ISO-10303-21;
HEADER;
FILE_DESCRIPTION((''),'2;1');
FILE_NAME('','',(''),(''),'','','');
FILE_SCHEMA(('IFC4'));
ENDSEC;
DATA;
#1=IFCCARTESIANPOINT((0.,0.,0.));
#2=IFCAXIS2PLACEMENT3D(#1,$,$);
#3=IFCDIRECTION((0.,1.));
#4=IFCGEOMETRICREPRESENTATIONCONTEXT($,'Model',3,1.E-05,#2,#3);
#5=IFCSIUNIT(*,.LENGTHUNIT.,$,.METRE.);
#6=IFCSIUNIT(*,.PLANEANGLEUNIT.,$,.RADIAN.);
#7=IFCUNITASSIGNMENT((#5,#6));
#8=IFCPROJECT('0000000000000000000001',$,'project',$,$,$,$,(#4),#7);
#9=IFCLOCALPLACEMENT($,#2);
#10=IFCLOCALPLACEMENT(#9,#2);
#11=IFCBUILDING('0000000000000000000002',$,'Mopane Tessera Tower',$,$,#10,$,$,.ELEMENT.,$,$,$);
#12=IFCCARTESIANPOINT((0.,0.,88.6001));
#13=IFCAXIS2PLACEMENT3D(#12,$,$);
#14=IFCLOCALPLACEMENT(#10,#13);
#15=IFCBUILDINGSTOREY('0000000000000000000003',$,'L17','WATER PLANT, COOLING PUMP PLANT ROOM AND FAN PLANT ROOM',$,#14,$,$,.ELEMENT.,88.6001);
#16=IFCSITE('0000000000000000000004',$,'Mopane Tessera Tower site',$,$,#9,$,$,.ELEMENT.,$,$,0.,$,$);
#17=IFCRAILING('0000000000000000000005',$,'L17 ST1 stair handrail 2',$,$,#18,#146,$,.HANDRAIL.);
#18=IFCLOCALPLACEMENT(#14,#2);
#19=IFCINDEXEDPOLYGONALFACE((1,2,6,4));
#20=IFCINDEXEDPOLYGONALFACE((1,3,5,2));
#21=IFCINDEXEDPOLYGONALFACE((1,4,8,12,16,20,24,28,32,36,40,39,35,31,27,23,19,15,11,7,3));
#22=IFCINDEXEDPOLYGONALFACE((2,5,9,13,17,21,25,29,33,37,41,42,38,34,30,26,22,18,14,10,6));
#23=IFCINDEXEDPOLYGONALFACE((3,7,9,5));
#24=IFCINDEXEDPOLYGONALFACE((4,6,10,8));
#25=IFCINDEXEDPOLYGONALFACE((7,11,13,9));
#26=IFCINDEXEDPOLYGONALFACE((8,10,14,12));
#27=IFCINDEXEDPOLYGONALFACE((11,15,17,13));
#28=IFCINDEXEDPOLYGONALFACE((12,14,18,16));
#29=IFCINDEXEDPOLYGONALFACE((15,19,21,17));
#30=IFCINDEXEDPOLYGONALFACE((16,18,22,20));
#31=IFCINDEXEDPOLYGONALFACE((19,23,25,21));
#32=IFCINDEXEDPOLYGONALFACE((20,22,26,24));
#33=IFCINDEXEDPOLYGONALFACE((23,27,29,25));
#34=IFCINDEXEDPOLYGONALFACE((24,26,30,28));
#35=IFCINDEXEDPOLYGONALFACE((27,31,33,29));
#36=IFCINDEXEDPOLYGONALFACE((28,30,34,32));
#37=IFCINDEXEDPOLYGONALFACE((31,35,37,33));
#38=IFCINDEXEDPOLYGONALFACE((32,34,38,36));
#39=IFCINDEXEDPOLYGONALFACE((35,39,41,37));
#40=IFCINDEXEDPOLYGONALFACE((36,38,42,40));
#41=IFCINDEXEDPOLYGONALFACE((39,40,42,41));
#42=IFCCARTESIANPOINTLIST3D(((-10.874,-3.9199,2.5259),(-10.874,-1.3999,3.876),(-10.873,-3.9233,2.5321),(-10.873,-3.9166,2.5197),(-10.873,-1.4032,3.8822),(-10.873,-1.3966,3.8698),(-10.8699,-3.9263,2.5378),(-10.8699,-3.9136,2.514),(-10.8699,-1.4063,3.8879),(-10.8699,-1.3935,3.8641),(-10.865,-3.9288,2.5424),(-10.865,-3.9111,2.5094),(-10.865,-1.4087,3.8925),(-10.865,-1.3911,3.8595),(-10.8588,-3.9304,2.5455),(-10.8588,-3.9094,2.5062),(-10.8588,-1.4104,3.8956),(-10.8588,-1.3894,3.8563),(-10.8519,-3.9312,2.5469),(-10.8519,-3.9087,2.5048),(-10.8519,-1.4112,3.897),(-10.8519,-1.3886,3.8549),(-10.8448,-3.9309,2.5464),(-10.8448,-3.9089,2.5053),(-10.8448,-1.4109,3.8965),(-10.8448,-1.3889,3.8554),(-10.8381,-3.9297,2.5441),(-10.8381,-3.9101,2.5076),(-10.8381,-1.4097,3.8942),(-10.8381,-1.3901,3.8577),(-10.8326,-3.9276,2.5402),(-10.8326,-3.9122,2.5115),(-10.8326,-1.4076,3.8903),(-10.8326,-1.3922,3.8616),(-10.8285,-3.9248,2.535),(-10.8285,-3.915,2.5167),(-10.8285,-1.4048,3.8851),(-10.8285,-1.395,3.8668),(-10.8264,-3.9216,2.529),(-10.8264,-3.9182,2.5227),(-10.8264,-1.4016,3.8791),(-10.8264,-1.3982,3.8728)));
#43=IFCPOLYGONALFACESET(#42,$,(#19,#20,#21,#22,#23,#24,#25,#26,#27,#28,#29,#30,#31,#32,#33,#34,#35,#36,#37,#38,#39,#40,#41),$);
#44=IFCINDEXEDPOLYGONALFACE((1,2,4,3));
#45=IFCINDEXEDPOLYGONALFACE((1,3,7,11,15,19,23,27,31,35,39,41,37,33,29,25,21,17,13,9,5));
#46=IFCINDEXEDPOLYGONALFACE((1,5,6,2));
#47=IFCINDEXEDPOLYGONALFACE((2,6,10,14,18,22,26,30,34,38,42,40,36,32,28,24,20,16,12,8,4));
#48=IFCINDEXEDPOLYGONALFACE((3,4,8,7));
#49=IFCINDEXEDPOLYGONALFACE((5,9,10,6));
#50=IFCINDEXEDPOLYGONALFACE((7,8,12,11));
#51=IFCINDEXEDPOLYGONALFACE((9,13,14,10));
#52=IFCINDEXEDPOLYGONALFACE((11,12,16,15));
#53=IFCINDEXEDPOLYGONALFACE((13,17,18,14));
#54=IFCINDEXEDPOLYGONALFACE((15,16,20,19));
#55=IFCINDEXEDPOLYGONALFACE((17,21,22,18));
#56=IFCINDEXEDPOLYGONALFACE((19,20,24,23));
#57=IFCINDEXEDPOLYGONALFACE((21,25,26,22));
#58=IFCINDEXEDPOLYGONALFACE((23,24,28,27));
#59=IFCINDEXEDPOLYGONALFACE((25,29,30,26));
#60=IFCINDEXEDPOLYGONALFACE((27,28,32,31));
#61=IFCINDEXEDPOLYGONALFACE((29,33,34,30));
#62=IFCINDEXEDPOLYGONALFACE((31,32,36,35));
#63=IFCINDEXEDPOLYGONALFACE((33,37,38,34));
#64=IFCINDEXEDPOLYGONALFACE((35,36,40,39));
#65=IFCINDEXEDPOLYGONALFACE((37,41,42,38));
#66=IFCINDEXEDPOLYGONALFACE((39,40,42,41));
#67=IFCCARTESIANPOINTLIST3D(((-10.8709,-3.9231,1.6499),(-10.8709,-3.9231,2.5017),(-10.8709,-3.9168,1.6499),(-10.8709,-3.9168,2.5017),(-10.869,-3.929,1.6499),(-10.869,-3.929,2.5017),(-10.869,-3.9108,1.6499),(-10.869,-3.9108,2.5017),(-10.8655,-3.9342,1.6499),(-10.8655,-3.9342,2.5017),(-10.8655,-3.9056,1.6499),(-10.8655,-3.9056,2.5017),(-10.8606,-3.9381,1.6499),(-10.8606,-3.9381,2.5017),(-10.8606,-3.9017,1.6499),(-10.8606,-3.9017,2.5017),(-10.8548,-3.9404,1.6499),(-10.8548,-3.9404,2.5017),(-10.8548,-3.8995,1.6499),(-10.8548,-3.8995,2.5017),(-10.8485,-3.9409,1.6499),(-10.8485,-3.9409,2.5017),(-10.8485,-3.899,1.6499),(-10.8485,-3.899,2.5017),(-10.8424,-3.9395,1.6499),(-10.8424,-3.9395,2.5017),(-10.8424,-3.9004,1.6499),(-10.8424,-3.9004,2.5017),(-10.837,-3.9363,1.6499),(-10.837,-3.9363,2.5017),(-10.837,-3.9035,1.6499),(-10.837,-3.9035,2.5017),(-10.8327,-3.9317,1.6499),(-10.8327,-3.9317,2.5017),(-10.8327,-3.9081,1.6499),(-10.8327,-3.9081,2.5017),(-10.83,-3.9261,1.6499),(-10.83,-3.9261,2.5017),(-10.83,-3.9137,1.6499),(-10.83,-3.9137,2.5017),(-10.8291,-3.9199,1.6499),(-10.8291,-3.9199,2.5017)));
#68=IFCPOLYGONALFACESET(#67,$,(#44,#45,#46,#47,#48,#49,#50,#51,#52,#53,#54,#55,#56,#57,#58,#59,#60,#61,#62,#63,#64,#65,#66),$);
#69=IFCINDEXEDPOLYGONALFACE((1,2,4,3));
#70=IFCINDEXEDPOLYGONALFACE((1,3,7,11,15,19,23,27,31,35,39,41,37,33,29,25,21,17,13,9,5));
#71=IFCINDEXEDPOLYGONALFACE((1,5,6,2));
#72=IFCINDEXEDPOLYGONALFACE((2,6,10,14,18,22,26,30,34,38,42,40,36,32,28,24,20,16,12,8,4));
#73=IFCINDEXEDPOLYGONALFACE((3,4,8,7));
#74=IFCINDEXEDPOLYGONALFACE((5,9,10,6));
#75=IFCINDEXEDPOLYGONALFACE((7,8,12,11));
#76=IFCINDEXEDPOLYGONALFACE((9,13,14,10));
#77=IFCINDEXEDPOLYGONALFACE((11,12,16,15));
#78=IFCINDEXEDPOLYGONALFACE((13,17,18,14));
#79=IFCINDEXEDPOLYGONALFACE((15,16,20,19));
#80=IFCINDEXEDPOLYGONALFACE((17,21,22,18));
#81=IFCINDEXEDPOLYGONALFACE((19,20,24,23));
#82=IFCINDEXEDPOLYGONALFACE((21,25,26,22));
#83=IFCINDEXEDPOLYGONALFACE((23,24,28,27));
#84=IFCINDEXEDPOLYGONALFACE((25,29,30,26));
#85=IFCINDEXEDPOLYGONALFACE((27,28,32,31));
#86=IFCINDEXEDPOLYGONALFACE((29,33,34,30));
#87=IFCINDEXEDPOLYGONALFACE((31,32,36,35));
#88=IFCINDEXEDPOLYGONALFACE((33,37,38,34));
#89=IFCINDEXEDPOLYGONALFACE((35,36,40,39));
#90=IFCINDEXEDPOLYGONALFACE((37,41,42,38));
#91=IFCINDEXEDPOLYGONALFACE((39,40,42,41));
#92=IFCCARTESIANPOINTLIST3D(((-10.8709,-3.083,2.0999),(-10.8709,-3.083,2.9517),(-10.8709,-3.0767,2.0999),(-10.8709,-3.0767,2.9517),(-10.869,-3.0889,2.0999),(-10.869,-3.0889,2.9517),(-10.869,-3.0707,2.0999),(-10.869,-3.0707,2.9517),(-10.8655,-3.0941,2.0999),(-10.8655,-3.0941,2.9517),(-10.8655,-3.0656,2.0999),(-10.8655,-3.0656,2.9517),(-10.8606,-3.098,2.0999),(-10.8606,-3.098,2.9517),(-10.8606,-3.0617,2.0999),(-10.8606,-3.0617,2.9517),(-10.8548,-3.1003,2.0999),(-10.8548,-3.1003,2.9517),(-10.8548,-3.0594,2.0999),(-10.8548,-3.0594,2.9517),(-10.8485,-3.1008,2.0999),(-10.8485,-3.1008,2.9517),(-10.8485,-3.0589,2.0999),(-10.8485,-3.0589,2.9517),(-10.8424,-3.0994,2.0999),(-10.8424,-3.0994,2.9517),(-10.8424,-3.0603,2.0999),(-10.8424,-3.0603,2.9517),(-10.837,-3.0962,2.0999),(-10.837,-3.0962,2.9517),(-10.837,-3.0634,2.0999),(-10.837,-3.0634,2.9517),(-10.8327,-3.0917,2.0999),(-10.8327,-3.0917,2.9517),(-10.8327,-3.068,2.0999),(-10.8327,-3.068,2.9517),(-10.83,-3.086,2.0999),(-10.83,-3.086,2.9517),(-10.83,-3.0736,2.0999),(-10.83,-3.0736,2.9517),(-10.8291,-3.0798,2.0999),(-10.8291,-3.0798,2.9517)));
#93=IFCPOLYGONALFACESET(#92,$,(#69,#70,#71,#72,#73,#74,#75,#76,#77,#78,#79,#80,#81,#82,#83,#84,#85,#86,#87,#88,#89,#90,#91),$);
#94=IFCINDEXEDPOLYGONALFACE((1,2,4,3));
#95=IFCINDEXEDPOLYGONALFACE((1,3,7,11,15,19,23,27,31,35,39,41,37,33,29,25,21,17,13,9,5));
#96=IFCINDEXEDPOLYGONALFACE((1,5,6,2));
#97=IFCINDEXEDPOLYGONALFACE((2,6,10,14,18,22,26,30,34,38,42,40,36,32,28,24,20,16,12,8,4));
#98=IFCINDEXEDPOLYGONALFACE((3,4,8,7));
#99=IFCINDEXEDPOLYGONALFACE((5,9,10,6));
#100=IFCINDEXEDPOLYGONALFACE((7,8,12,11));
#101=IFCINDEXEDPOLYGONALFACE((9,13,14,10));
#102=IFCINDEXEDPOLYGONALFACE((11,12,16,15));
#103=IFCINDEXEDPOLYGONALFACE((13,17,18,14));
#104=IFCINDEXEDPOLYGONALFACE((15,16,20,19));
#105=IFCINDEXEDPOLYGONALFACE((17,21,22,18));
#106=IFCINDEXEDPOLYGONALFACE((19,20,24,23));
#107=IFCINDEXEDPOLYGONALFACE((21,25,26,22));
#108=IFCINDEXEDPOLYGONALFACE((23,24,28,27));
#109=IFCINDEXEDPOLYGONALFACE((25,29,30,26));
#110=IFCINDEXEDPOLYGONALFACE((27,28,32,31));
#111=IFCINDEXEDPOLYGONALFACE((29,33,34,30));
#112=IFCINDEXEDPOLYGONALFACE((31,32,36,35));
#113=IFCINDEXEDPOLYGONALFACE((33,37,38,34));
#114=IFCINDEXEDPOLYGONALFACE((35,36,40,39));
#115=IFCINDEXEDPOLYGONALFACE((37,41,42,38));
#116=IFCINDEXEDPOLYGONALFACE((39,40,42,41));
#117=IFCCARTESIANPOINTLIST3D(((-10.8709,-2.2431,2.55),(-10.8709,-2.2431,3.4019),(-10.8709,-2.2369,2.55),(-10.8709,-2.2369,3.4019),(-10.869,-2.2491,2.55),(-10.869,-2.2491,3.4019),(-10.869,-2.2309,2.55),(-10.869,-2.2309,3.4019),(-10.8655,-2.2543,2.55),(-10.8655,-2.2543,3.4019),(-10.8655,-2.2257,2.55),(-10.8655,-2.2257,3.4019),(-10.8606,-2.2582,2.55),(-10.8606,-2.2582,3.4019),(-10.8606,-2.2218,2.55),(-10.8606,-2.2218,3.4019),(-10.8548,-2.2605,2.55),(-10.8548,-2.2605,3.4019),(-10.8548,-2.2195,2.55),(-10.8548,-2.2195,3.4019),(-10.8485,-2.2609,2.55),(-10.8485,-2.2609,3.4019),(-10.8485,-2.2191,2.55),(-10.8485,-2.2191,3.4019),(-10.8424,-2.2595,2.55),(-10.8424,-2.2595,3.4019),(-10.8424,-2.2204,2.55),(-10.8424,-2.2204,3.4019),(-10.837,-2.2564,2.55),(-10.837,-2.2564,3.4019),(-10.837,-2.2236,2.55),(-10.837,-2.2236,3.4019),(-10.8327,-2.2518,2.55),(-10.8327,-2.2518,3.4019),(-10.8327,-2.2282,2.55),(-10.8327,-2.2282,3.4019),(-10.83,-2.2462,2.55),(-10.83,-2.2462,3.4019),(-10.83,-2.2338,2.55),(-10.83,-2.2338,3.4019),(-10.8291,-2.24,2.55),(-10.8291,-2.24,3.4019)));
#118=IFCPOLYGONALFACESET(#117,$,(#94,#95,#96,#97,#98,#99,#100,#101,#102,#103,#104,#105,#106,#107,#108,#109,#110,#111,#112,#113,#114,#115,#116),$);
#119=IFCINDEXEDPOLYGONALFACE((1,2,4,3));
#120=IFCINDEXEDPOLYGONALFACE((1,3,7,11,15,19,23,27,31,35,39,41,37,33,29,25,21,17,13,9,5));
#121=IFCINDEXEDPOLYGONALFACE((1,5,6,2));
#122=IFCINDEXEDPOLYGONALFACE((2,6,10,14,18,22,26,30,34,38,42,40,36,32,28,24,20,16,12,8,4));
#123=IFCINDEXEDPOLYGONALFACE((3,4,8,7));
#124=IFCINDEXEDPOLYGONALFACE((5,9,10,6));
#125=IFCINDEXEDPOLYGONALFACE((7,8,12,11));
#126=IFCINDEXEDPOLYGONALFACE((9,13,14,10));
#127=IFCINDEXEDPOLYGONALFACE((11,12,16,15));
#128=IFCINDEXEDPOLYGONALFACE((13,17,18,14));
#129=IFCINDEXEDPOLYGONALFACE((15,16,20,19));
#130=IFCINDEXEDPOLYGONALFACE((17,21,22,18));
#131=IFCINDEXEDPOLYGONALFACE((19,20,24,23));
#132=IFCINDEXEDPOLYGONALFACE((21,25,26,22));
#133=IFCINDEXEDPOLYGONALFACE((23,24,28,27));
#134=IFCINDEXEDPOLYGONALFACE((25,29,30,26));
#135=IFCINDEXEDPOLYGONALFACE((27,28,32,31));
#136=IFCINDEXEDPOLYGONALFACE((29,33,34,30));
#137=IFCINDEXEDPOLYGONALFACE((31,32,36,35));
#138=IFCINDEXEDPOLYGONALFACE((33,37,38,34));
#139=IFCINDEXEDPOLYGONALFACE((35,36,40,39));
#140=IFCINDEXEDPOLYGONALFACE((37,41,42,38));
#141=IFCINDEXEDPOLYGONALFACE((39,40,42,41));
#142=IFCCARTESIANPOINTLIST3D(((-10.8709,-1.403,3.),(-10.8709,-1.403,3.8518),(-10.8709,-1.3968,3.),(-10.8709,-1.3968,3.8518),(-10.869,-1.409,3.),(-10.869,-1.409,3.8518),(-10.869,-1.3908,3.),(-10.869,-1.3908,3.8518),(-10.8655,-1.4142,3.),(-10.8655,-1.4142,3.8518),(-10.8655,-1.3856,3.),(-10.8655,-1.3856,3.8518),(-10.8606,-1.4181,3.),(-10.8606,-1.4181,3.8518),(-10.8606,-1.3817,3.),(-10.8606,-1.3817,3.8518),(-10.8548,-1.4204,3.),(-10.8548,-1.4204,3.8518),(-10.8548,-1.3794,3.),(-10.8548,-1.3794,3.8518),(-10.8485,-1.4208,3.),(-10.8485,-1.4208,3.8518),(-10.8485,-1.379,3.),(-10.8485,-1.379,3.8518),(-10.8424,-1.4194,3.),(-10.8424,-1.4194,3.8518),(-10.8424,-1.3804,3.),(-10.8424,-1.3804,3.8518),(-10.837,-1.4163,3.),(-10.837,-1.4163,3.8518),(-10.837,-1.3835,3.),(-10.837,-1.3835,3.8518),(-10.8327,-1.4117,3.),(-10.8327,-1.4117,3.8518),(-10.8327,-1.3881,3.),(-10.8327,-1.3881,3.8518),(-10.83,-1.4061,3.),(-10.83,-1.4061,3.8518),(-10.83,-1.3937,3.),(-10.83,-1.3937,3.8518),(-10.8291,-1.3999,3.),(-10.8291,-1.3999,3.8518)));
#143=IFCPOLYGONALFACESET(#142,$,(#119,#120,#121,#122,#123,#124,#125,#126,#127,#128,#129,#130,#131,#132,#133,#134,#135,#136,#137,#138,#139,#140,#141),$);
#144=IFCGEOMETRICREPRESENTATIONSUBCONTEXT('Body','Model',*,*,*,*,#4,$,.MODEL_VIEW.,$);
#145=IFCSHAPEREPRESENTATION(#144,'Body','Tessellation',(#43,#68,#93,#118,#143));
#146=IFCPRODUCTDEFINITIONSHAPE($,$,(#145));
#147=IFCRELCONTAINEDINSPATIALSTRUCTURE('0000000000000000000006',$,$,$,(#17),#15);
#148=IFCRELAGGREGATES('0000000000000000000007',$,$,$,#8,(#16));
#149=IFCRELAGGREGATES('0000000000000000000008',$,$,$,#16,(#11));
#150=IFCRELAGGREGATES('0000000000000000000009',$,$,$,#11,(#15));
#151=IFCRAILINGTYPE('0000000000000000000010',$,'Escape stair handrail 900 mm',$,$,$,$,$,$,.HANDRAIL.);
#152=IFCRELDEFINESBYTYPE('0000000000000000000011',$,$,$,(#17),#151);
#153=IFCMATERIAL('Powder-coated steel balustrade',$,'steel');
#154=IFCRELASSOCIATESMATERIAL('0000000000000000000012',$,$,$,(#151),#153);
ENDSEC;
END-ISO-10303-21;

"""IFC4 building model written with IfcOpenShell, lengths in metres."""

from ifc_helpers import new_model, si_unit, direction, frame, origin, origin_2d, place, context, subcontext, project, spatial, circle, extrude, material, type_object, element, save


model = new_model("IFC4")

# Units and contexts
model_context = context("Model", 3, precision=1e-05, world=origin(), true_north=direction((0.0, 1.0)))
body_context = subcontext(model_context, "Body", "Model", "MODEL_VIEW")
ifc_project = project(units=[si_unit("LENGTHUNIT", "METRE"), si_unit("PLANEANGLEUNIT", "RADIAN")], contexts=[model_context])

# Site, building, storey
site_placement = place(None, origin())
site = spatial("IfcSite", under=ifc_project, at=site_placement, Name="Mopane Tessera Tower site", CompositionType="ELEMENT", RefElevation=0.0)
building_placement = place(site_placement, origin())
building = spatial("IfcBuilding", under=site, at=building_placement, Name="Mopane Tessera Tower", CompositionType="ELEMENT")
storey_placement = place(building_placement, frame((0.0, 0.0, 88.6001)))
storey = spatial("IfcBuildingStorey", under=building, at=storey_placement, Name="L17", Description="WATER PLANT, COOLING PUMP PLANT ROOM AND FAN PLANT ROOM", CompositionType="ELEMENT", Elevation=88.6001)

# Railing
ifc_material_1 = material(Name="Powder-coated steel balustrade", Category="steel")
railing_type_1 = type_object("IfcRailingType", Name="Escape stair handrail 900 mm", PredefinedType="HANDRAIL", material=ifc_material_1)
railing_1_placement = place(storey_placement, frame((-10.8501, -3.9199, 1.6499)))
element("IfcRailing", 1, at=railing_1_placement, inside=storey, type_object=railing_type_1, Name="L17 ST1 stair handrail 2", PredefinedType="HANDRAIL", context=body_context, shape_type="SweptSolid", body=[
    extrude(circle(Radius=0.0239, at=origin_2d()), frame((0.0, 0.0, 0.876), z_axis=(0.0, 0.881467, 0.472245), x_axis=(-1.0, 0.0, 0.0)), (0.0, 0.0, 1.0), 2.8589),
    extrude(circle(Radius=0.021, at=origin_2d()), origin(), (0.0, 0.0, 1.0), 0.8518),
    extrude(circle(Radius=0.021, at=origin_2d()), frame((0.0, 0.8401, 0.45)), (0.0, 0.0, 1.0), 0.8518),
    extrude(circle(Radius=0.021, at=origin_2d()), frame((0.0, 1.6799, 0.9001)), (0.0, 0.0, 1.0), 0.8518),
    extrude(circle(Radius=0.021, at=origin_2d()), frame((0.0, 2.52, 1.3501)), (0.0, 0.0, 1.0), 0.8518),
])

save(model, "model.ifc")
